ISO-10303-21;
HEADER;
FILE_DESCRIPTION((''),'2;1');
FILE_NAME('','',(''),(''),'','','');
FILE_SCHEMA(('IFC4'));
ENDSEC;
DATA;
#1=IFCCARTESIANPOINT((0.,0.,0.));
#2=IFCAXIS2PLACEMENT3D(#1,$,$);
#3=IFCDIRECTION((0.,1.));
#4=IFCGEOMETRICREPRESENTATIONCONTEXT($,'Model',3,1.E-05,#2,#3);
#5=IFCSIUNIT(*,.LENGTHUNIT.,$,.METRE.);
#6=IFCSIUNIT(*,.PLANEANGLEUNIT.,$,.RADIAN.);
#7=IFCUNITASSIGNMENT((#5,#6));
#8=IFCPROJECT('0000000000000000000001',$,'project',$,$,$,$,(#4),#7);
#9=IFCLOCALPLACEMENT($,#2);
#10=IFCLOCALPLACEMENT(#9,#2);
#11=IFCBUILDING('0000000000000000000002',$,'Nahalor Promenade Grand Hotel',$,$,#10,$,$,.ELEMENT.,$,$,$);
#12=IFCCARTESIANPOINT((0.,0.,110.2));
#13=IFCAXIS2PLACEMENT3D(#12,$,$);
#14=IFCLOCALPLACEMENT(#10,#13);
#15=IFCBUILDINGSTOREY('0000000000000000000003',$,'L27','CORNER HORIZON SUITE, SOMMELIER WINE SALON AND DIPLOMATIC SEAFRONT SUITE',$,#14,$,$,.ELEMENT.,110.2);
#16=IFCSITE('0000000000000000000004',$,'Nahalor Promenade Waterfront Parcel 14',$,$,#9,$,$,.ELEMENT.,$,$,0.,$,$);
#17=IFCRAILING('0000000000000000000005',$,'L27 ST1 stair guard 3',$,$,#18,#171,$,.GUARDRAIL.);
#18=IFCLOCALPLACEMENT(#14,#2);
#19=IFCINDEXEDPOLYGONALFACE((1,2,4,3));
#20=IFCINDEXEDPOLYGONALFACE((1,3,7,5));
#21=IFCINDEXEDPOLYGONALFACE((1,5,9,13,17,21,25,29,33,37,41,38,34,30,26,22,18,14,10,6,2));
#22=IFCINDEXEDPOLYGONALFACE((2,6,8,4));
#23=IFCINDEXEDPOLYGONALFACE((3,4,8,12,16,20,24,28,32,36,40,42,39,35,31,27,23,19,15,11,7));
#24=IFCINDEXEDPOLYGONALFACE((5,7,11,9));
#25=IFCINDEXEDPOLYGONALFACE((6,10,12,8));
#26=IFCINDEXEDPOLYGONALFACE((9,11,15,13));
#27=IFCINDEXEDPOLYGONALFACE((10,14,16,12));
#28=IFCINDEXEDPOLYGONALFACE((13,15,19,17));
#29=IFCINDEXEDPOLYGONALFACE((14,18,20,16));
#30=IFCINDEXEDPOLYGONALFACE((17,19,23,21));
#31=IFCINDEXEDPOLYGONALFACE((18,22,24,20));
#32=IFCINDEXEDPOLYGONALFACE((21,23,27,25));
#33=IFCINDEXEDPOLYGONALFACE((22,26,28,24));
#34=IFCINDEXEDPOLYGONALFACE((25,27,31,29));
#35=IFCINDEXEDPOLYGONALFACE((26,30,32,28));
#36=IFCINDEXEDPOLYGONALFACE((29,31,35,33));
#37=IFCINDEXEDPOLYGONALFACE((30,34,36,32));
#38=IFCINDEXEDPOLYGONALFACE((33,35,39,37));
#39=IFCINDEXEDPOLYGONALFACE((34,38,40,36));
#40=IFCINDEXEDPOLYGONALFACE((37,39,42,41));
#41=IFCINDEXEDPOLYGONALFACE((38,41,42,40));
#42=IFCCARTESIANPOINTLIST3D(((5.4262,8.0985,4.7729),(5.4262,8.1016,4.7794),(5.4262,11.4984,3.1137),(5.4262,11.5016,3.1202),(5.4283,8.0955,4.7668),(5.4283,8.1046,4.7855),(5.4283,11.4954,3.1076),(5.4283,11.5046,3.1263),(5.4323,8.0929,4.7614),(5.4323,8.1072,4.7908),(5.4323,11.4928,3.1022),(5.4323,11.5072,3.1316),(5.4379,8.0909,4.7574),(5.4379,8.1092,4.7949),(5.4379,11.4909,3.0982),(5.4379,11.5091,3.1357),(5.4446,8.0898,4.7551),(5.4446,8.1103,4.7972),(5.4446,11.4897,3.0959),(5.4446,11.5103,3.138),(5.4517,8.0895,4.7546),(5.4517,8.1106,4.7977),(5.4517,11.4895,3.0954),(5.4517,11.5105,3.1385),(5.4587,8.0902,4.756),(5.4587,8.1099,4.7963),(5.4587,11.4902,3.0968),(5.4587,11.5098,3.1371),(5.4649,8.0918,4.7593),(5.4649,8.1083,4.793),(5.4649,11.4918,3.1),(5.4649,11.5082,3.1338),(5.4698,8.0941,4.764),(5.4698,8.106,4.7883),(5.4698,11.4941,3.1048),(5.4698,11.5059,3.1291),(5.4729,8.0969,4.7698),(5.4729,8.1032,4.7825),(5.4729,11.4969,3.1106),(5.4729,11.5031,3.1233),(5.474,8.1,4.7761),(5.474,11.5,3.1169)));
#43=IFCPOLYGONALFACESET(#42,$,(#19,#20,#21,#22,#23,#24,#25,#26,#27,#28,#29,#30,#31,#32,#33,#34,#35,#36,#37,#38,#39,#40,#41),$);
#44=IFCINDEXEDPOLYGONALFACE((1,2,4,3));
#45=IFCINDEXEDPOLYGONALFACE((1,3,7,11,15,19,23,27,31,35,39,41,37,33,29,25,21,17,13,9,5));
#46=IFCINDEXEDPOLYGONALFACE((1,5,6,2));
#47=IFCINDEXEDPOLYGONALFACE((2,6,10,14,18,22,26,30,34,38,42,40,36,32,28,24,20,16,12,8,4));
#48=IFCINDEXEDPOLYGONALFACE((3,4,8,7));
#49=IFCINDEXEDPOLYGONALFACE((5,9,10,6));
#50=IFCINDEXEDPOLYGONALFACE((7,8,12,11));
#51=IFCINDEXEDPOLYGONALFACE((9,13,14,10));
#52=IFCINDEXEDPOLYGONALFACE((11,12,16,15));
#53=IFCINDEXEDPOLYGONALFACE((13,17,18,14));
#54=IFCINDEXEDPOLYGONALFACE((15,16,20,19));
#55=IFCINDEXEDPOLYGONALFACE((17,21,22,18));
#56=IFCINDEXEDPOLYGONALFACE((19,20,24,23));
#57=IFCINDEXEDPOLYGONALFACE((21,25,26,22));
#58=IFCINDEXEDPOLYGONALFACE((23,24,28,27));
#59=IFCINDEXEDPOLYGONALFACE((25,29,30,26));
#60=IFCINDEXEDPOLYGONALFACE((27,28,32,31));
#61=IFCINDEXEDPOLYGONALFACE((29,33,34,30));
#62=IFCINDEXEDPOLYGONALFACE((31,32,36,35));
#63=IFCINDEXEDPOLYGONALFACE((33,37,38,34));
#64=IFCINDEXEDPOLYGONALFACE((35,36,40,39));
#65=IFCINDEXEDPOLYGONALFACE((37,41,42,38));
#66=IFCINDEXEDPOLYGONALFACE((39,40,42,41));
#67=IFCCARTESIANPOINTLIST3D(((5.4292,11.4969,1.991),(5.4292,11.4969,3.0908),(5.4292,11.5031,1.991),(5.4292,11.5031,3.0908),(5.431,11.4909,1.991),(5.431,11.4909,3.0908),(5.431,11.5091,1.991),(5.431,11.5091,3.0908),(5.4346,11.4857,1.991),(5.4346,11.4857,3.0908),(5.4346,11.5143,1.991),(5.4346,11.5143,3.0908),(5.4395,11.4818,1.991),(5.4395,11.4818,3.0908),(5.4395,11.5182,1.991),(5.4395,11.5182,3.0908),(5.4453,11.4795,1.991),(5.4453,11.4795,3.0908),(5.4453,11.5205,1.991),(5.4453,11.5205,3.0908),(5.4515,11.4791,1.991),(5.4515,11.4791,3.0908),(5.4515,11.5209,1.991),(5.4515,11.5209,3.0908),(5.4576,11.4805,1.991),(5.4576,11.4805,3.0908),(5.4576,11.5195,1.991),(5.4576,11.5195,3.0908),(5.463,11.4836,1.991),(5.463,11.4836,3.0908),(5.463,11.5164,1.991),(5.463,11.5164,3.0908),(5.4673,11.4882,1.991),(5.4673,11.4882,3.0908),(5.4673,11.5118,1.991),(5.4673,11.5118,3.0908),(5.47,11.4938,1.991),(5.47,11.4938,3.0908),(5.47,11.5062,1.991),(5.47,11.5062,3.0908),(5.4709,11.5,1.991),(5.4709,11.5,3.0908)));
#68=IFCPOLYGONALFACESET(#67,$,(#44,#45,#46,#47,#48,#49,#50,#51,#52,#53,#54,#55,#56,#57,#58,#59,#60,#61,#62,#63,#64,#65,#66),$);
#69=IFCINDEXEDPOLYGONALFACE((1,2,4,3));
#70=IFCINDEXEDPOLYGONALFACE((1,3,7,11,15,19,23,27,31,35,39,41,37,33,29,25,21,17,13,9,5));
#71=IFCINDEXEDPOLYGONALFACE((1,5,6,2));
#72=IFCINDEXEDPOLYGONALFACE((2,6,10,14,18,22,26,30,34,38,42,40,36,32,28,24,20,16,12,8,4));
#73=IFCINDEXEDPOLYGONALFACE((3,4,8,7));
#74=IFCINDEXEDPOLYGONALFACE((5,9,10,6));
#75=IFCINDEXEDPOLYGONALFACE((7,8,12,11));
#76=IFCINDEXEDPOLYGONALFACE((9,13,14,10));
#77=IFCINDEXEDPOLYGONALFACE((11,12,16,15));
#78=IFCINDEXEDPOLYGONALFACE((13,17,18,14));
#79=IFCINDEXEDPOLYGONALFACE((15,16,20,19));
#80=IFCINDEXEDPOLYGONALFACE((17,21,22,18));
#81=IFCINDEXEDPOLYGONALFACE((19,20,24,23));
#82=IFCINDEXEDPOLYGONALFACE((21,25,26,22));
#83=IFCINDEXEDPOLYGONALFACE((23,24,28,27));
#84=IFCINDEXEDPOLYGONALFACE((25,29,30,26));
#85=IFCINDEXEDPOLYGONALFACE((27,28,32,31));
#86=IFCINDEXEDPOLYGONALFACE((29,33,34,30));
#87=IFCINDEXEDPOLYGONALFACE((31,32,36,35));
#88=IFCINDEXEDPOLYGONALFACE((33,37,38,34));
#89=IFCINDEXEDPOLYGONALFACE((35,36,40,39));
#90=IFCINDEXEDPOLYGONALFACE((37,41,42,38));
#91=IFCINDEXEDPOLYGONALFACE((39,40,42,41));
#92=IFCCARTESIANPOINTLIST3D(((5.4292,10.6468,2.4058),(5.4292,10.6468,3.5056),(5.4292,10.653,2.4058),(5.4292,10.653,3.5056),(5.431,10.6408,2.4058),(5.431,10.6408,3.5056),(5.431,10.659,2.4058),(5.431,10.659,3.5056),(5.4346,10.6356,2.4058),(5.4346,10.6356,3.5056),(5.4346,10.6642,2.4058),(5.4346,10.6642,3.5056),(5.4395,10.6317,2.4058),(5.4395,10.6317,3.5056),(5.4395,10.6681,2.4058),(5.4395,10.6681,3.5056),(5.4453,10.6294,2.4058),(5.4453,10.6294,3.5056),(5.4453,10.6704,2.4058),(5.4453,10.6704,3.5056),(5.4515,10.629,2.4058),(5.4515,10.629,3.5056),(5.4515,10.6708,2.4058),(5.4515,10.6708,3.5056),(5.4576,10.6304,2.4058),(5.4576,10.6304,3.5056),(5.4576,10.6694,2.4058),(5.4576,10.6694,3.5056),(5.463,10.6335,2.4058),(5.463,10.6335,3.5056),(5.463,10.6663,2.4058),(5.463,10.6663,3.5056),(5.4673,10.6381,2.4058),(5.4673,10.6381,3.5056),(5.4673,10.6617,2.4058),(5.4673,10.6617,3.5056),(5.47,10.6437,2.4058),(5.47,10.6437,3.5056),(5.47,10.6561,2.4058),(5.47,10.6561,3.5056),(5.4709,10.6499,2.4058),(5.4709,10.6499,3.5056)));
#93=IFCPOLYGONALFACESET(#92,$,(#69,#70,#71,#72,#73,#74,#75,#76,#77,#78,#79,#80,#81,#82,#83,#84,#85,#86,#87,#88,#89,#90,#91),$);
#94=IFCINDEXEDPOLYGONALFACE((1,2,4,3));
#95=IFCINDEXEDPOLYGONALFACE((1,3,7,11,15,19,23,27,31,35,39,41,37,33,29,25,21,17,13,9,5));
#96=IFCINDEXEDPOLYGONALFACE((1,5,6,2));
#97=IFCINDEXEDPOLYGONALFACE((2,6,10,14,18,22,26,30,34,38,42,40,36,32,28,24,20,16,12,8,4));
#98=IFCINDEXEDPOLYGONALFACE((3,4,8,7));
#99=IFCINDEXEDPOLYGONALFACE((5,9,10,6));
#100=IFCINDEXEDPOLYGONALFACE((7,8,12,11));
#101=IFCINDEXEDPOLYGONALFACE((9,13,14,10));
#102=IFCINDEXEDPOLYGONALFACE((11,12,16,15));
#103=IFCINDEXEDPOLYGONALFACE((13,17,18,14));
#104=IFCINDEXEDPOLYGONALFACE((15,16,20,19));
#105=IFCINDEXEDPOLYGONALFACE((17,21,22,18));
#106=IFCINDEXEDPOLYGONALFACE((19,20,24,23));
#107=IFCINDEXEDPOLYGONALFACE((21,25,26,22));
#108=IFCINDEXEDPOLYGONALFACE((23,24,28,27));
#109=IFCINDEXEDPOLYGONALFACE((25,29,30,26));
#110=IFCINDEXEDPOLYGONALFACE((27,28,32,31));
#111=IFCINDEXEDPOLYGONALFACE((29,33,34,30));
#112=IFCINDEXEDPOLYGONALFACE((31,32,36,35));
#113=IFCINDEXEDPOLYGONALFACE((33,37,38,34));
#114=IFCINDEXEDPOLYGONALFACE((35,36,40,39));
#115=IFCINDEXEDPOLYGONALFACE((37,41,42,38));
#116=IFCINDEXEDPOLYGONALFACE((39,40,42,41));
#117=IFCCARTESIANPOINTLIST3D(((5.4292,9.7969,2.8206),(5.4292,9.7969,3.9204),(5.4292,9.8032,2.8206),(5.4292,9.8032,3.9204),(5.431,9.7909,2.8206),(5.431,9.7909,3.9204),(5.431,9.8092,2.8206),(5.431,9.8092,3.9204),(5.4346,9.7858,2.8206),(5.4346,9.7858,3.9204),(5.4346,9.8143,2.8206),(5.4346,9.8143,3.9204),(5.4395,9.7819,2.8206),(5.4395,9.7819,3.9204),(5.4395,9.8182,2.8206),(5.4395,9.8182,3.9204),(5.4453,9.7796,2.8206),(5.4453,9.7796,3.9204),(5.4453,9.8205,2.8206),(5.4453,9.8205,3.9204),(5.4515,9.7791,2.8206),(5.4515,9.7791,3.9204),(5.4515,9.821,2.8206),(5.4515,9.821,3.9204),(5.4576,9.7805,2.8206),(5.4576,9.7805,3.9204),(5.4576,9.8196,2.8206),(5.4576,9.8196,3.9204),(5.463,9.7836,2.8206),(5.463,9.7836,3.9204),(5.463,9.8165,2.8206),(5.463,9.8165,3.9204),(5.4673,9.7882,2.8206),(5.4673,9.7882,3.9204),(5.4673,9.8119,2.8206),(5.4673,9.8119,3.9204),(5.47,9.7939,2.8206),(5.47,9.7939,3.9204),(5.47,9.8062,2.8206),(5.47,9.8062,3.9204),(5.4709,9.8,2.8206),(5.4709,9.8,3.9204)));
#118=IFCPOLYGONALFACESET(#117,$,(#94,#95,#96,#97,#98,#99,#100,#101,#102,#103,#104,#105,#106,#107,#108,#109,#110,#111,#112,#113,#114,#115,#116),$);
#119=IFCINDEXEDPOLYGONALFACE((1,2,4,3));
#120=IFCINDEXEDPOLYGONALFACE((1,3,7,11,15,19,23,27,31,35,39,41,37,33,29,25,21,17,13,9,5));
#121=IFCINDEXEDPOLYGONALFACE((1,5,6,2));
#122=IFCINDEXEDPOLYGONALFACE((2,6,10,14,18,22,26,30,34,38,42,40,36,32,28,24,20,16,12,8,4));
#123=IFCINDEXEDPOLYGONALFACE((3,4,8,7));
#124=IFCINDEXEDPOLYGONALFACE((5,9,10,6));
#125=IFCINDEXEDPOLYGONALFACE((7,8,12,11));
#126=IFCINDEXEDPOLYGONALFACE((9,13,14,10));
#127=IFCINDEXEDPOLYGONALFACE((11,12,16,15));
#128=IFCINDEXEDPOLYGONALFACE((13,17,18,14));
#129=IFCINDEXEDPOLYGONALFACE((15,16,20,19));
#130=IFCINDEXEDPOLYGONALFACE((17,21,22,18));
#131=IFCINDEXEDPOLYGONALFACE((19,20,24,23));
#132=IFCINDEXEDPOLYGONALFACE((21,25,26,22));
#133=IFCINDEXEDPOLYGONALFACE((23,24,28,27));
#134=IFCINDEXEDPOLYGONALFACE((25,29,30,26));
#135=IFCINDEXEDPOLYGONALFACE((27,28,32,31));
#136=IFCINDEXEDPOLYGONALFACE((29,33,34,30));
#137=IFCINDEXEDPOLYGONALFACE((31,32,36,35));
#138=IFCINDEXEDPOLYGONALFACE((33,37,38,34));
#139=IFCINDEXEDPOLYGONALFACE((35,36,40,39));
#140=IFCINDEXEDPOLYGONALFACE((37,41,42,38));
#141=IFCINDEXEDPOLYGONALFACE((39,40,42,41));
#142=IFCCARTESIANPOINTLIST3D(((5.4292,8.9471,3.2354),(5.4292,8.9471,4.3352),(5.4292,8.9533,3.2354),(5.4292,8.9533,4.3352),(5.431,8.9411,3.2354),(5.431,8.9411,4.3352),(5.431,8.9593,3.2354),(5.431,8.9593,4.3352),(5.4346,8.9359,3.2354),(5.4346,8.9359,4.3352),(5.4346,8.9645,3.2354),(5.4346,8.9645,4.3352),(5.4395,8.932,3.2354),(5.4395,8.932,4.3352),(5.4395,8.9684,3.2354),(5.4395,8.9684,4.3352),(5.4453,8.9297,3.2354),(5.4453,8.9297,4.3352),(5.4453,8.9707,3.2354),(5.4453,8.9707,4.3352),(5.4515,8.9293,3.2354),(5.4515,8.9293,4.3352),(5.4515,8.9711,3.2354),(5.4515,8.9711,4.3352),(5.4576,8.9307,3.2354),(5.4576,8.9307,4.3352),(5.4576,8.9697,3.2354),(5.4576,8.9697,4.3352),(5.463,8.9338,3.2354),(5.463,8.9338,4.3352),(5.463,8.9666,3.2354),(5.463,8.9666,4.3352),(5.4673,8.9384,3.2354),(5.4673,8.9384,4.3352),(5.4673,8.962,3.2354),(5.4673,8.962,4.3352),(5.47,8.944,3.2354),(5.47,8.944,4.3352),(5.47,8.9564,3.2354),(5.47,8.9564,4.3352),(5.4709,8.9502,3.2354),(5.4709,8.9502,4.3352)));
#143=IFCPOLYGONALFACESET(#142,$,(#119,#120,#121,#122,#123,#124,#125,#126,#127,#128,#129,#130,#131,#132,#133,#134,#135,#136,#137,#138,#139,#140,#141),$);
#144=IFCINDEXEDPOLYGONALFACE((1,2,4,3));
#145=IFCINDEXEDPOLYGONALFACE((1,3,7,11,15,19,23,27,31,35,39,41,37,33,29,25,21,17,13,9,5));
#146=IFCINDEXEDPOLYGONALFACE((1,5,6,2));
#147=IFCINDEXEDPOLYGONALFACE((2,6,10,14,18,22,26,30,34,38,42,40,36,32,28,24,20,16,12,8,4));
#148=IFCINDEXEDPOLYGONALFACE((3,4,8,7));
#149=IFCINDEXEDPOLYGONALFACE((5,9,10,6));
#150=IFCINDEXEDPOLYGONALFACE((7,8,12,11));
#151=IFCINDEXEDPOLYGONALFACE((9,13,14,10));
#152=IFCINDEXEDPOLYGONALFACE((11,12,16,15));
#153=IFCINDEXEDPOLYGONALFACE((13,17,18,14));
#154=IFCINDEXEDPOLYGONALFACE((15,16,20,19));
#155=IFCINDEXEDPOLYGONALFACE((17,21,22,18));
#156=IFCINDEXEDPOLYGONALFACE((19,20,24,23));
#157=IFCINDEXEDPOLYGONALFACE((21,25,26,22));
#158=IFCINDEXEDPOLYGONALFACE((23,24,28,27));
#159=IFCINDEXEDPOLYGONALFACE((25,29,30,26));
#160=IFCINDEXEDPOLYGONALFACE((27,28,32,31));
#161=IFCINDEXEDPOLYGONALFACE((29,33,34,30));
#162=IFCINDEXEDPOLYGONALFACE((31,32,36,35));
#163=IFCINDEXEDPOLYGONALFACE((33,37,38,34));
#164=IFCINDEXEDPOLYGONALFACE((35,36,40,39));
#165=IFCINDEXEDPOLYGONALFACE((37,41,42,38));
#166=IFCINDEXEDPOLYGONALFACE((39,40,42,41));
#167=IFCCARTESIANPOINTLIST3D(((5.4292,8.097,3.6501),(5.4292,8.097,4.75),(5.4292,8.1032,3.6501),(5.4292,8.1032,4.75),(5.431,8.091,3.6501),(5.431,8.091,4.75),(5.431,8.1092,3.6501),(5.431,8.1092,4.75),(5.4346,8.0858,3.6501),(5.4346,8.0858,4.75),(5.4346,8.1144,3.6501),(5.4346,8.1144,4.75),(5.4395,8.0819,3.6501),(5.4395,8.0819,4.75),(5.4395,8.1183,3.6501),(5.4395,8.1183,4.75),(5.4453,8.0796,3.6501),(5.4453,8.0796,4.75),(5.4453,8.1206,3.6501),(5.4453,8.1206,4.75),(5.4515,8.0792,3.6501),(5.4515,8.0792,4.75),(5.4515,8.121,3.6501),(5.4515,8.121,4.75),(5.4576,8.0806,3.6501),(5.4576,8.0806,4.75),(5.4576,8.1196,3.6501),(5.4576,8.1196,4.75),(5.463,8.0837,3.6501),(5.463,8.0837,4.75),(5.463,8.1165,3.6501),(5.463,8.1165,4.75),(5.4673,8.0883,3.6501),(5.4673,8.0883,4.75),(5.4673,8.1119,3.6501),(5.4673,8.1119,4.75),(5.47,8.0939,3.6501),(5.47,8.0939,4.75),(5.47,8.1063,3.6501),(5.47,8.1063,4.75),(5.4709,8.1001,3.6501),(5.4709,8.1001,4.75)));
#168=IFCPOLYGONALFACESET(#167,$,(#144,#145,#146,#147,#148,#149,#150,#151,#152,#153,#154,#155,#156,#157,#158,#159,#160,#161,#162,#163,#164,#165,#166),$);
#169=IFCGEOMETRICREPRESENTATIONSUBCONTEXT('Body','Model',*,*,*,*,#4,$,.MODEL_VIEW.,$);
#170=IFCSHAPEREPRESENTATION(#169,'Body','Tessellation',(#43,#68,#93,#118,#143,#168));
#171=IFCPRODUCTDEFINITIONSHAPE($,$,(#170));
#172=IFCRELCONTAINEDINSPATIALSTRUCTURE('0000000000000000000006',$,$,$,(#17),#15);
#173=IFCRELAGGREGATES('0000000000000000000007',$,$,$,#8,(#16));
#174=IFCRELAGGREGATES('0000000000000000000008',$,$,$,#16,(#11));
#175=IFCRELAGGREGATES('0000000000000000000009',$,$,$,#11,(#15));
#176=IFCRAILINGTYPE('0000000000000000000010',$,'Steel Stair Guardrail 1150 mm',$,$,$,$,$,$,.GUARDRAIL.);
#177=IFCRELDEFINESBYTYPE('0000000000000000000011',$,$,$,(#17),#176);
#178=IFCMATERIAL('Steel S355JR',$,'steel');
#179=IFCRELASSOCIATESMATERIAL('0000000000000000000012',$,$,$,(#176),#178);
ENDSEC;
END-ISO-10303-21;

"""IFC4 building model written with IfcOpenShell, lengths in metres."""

from ifc_helpers import new_model, si_unit, direction, frame, origin, origin_2d, place, context, subcontext, project, spatial, circle, extrude, material, type_object, element, save


model = new_model("IFC4")

# Units and contexts
model_context = context("Model", 3, precision=1e-05, world=origin(), true_north=direction((0.0, 1.0)))
body_context = subcontext(model_context, "Body", "Model", "MODEL_VIEW")
ifc_project = project(units=[si_unit("LENGTHUNIT", "METRE"), si_unit("PLANEANGLEUNIT", "RADIAN")], contexts=[model_context])

# Site, building, storey
site_placement = place(None, origin())
site = spatial("IfcSite", under=ifc_project, at=site_placement, Name="Nahalor Promenade Waterfront Parcel 14", CompositionType="ELEMENT", RefElevation=0.0)
building_placement = place(site_placement, origin())
building = spatial("IfcBuilding", under=site, at=building_placement, Name="Nahalor Promenade Grand Hotel", CompositionType="ELEMENT")
storey_placement = place(building_placement, frame((0.0, 0.0, 110.2)))
storey = spatial("IfcBuildingStorey", under=building, at=storey_placement, Name="L27", Description="CORNER HORIZON SUITE, SOMMELIER WINE SALON AND DIPLOMATIC SEAFRONT SUITE", CompositionType="ELEMENT", Elevation=110.2)

# Shared definitions
ifc_material_1 = material(Name="Steel S355JR", Category="steel")

# Railing
railing_type_1 = type_object("IfcRailingType", Name="Steel Stair Guardrail 1150 mm", PredefinedType="GUARDRAIL", material=ifc_material_1)
railing_1_placement = place(storey_placement, frame((5.45, 11.5, 1.991)))
element("IfcRailing", 1, at=railing_1_placement, inside=storey, type_object=railing_type_1, Name="L27 ST1 stair guard 3", PredefinedType="GUARDRAIL", context=body_context, shape_type="SweptSolid", body=[
    extrude(circle(Radius=0.024, at=origin_2d()), frame((0.0, 0.0, 1.126), z_axis=(0.0, -0.898696, 0.438571), x_axis=(1.0, 0.0, 0.0)), (0.0, 0.0, 1.0), 3.7832),
    extrude(circle(Radius=0.021, at=origin_2d()), origin(), (0.0, 0.0, 1.0), 1.0999),
    extrude(circle(Radius=0.021, at=origin_2d()), frame((0.0, -0.8501, 0.4148)), (0.0, 0.0, 1.0), 1.0999),
    extrude(circle(Radius=0.021, at=origin_2d()), frame((0.0, -1.7, 0.8296)), (0.0, 0.0, 1.0), 1.0999),
    extrude(circle(Radius=0.021, at=origin_2d()), frame((0.0, -2.5498, 1.2444)), (0.0, 0.0, 1.0), 1.0999),
    extrude(circle(Radius=0.021, at=origin_2d()), frame((0.0, -3.3999, 1.6592)), (0.0, 0.0, 1.0), 1.0999),
])

save(model, "model.ifc")
